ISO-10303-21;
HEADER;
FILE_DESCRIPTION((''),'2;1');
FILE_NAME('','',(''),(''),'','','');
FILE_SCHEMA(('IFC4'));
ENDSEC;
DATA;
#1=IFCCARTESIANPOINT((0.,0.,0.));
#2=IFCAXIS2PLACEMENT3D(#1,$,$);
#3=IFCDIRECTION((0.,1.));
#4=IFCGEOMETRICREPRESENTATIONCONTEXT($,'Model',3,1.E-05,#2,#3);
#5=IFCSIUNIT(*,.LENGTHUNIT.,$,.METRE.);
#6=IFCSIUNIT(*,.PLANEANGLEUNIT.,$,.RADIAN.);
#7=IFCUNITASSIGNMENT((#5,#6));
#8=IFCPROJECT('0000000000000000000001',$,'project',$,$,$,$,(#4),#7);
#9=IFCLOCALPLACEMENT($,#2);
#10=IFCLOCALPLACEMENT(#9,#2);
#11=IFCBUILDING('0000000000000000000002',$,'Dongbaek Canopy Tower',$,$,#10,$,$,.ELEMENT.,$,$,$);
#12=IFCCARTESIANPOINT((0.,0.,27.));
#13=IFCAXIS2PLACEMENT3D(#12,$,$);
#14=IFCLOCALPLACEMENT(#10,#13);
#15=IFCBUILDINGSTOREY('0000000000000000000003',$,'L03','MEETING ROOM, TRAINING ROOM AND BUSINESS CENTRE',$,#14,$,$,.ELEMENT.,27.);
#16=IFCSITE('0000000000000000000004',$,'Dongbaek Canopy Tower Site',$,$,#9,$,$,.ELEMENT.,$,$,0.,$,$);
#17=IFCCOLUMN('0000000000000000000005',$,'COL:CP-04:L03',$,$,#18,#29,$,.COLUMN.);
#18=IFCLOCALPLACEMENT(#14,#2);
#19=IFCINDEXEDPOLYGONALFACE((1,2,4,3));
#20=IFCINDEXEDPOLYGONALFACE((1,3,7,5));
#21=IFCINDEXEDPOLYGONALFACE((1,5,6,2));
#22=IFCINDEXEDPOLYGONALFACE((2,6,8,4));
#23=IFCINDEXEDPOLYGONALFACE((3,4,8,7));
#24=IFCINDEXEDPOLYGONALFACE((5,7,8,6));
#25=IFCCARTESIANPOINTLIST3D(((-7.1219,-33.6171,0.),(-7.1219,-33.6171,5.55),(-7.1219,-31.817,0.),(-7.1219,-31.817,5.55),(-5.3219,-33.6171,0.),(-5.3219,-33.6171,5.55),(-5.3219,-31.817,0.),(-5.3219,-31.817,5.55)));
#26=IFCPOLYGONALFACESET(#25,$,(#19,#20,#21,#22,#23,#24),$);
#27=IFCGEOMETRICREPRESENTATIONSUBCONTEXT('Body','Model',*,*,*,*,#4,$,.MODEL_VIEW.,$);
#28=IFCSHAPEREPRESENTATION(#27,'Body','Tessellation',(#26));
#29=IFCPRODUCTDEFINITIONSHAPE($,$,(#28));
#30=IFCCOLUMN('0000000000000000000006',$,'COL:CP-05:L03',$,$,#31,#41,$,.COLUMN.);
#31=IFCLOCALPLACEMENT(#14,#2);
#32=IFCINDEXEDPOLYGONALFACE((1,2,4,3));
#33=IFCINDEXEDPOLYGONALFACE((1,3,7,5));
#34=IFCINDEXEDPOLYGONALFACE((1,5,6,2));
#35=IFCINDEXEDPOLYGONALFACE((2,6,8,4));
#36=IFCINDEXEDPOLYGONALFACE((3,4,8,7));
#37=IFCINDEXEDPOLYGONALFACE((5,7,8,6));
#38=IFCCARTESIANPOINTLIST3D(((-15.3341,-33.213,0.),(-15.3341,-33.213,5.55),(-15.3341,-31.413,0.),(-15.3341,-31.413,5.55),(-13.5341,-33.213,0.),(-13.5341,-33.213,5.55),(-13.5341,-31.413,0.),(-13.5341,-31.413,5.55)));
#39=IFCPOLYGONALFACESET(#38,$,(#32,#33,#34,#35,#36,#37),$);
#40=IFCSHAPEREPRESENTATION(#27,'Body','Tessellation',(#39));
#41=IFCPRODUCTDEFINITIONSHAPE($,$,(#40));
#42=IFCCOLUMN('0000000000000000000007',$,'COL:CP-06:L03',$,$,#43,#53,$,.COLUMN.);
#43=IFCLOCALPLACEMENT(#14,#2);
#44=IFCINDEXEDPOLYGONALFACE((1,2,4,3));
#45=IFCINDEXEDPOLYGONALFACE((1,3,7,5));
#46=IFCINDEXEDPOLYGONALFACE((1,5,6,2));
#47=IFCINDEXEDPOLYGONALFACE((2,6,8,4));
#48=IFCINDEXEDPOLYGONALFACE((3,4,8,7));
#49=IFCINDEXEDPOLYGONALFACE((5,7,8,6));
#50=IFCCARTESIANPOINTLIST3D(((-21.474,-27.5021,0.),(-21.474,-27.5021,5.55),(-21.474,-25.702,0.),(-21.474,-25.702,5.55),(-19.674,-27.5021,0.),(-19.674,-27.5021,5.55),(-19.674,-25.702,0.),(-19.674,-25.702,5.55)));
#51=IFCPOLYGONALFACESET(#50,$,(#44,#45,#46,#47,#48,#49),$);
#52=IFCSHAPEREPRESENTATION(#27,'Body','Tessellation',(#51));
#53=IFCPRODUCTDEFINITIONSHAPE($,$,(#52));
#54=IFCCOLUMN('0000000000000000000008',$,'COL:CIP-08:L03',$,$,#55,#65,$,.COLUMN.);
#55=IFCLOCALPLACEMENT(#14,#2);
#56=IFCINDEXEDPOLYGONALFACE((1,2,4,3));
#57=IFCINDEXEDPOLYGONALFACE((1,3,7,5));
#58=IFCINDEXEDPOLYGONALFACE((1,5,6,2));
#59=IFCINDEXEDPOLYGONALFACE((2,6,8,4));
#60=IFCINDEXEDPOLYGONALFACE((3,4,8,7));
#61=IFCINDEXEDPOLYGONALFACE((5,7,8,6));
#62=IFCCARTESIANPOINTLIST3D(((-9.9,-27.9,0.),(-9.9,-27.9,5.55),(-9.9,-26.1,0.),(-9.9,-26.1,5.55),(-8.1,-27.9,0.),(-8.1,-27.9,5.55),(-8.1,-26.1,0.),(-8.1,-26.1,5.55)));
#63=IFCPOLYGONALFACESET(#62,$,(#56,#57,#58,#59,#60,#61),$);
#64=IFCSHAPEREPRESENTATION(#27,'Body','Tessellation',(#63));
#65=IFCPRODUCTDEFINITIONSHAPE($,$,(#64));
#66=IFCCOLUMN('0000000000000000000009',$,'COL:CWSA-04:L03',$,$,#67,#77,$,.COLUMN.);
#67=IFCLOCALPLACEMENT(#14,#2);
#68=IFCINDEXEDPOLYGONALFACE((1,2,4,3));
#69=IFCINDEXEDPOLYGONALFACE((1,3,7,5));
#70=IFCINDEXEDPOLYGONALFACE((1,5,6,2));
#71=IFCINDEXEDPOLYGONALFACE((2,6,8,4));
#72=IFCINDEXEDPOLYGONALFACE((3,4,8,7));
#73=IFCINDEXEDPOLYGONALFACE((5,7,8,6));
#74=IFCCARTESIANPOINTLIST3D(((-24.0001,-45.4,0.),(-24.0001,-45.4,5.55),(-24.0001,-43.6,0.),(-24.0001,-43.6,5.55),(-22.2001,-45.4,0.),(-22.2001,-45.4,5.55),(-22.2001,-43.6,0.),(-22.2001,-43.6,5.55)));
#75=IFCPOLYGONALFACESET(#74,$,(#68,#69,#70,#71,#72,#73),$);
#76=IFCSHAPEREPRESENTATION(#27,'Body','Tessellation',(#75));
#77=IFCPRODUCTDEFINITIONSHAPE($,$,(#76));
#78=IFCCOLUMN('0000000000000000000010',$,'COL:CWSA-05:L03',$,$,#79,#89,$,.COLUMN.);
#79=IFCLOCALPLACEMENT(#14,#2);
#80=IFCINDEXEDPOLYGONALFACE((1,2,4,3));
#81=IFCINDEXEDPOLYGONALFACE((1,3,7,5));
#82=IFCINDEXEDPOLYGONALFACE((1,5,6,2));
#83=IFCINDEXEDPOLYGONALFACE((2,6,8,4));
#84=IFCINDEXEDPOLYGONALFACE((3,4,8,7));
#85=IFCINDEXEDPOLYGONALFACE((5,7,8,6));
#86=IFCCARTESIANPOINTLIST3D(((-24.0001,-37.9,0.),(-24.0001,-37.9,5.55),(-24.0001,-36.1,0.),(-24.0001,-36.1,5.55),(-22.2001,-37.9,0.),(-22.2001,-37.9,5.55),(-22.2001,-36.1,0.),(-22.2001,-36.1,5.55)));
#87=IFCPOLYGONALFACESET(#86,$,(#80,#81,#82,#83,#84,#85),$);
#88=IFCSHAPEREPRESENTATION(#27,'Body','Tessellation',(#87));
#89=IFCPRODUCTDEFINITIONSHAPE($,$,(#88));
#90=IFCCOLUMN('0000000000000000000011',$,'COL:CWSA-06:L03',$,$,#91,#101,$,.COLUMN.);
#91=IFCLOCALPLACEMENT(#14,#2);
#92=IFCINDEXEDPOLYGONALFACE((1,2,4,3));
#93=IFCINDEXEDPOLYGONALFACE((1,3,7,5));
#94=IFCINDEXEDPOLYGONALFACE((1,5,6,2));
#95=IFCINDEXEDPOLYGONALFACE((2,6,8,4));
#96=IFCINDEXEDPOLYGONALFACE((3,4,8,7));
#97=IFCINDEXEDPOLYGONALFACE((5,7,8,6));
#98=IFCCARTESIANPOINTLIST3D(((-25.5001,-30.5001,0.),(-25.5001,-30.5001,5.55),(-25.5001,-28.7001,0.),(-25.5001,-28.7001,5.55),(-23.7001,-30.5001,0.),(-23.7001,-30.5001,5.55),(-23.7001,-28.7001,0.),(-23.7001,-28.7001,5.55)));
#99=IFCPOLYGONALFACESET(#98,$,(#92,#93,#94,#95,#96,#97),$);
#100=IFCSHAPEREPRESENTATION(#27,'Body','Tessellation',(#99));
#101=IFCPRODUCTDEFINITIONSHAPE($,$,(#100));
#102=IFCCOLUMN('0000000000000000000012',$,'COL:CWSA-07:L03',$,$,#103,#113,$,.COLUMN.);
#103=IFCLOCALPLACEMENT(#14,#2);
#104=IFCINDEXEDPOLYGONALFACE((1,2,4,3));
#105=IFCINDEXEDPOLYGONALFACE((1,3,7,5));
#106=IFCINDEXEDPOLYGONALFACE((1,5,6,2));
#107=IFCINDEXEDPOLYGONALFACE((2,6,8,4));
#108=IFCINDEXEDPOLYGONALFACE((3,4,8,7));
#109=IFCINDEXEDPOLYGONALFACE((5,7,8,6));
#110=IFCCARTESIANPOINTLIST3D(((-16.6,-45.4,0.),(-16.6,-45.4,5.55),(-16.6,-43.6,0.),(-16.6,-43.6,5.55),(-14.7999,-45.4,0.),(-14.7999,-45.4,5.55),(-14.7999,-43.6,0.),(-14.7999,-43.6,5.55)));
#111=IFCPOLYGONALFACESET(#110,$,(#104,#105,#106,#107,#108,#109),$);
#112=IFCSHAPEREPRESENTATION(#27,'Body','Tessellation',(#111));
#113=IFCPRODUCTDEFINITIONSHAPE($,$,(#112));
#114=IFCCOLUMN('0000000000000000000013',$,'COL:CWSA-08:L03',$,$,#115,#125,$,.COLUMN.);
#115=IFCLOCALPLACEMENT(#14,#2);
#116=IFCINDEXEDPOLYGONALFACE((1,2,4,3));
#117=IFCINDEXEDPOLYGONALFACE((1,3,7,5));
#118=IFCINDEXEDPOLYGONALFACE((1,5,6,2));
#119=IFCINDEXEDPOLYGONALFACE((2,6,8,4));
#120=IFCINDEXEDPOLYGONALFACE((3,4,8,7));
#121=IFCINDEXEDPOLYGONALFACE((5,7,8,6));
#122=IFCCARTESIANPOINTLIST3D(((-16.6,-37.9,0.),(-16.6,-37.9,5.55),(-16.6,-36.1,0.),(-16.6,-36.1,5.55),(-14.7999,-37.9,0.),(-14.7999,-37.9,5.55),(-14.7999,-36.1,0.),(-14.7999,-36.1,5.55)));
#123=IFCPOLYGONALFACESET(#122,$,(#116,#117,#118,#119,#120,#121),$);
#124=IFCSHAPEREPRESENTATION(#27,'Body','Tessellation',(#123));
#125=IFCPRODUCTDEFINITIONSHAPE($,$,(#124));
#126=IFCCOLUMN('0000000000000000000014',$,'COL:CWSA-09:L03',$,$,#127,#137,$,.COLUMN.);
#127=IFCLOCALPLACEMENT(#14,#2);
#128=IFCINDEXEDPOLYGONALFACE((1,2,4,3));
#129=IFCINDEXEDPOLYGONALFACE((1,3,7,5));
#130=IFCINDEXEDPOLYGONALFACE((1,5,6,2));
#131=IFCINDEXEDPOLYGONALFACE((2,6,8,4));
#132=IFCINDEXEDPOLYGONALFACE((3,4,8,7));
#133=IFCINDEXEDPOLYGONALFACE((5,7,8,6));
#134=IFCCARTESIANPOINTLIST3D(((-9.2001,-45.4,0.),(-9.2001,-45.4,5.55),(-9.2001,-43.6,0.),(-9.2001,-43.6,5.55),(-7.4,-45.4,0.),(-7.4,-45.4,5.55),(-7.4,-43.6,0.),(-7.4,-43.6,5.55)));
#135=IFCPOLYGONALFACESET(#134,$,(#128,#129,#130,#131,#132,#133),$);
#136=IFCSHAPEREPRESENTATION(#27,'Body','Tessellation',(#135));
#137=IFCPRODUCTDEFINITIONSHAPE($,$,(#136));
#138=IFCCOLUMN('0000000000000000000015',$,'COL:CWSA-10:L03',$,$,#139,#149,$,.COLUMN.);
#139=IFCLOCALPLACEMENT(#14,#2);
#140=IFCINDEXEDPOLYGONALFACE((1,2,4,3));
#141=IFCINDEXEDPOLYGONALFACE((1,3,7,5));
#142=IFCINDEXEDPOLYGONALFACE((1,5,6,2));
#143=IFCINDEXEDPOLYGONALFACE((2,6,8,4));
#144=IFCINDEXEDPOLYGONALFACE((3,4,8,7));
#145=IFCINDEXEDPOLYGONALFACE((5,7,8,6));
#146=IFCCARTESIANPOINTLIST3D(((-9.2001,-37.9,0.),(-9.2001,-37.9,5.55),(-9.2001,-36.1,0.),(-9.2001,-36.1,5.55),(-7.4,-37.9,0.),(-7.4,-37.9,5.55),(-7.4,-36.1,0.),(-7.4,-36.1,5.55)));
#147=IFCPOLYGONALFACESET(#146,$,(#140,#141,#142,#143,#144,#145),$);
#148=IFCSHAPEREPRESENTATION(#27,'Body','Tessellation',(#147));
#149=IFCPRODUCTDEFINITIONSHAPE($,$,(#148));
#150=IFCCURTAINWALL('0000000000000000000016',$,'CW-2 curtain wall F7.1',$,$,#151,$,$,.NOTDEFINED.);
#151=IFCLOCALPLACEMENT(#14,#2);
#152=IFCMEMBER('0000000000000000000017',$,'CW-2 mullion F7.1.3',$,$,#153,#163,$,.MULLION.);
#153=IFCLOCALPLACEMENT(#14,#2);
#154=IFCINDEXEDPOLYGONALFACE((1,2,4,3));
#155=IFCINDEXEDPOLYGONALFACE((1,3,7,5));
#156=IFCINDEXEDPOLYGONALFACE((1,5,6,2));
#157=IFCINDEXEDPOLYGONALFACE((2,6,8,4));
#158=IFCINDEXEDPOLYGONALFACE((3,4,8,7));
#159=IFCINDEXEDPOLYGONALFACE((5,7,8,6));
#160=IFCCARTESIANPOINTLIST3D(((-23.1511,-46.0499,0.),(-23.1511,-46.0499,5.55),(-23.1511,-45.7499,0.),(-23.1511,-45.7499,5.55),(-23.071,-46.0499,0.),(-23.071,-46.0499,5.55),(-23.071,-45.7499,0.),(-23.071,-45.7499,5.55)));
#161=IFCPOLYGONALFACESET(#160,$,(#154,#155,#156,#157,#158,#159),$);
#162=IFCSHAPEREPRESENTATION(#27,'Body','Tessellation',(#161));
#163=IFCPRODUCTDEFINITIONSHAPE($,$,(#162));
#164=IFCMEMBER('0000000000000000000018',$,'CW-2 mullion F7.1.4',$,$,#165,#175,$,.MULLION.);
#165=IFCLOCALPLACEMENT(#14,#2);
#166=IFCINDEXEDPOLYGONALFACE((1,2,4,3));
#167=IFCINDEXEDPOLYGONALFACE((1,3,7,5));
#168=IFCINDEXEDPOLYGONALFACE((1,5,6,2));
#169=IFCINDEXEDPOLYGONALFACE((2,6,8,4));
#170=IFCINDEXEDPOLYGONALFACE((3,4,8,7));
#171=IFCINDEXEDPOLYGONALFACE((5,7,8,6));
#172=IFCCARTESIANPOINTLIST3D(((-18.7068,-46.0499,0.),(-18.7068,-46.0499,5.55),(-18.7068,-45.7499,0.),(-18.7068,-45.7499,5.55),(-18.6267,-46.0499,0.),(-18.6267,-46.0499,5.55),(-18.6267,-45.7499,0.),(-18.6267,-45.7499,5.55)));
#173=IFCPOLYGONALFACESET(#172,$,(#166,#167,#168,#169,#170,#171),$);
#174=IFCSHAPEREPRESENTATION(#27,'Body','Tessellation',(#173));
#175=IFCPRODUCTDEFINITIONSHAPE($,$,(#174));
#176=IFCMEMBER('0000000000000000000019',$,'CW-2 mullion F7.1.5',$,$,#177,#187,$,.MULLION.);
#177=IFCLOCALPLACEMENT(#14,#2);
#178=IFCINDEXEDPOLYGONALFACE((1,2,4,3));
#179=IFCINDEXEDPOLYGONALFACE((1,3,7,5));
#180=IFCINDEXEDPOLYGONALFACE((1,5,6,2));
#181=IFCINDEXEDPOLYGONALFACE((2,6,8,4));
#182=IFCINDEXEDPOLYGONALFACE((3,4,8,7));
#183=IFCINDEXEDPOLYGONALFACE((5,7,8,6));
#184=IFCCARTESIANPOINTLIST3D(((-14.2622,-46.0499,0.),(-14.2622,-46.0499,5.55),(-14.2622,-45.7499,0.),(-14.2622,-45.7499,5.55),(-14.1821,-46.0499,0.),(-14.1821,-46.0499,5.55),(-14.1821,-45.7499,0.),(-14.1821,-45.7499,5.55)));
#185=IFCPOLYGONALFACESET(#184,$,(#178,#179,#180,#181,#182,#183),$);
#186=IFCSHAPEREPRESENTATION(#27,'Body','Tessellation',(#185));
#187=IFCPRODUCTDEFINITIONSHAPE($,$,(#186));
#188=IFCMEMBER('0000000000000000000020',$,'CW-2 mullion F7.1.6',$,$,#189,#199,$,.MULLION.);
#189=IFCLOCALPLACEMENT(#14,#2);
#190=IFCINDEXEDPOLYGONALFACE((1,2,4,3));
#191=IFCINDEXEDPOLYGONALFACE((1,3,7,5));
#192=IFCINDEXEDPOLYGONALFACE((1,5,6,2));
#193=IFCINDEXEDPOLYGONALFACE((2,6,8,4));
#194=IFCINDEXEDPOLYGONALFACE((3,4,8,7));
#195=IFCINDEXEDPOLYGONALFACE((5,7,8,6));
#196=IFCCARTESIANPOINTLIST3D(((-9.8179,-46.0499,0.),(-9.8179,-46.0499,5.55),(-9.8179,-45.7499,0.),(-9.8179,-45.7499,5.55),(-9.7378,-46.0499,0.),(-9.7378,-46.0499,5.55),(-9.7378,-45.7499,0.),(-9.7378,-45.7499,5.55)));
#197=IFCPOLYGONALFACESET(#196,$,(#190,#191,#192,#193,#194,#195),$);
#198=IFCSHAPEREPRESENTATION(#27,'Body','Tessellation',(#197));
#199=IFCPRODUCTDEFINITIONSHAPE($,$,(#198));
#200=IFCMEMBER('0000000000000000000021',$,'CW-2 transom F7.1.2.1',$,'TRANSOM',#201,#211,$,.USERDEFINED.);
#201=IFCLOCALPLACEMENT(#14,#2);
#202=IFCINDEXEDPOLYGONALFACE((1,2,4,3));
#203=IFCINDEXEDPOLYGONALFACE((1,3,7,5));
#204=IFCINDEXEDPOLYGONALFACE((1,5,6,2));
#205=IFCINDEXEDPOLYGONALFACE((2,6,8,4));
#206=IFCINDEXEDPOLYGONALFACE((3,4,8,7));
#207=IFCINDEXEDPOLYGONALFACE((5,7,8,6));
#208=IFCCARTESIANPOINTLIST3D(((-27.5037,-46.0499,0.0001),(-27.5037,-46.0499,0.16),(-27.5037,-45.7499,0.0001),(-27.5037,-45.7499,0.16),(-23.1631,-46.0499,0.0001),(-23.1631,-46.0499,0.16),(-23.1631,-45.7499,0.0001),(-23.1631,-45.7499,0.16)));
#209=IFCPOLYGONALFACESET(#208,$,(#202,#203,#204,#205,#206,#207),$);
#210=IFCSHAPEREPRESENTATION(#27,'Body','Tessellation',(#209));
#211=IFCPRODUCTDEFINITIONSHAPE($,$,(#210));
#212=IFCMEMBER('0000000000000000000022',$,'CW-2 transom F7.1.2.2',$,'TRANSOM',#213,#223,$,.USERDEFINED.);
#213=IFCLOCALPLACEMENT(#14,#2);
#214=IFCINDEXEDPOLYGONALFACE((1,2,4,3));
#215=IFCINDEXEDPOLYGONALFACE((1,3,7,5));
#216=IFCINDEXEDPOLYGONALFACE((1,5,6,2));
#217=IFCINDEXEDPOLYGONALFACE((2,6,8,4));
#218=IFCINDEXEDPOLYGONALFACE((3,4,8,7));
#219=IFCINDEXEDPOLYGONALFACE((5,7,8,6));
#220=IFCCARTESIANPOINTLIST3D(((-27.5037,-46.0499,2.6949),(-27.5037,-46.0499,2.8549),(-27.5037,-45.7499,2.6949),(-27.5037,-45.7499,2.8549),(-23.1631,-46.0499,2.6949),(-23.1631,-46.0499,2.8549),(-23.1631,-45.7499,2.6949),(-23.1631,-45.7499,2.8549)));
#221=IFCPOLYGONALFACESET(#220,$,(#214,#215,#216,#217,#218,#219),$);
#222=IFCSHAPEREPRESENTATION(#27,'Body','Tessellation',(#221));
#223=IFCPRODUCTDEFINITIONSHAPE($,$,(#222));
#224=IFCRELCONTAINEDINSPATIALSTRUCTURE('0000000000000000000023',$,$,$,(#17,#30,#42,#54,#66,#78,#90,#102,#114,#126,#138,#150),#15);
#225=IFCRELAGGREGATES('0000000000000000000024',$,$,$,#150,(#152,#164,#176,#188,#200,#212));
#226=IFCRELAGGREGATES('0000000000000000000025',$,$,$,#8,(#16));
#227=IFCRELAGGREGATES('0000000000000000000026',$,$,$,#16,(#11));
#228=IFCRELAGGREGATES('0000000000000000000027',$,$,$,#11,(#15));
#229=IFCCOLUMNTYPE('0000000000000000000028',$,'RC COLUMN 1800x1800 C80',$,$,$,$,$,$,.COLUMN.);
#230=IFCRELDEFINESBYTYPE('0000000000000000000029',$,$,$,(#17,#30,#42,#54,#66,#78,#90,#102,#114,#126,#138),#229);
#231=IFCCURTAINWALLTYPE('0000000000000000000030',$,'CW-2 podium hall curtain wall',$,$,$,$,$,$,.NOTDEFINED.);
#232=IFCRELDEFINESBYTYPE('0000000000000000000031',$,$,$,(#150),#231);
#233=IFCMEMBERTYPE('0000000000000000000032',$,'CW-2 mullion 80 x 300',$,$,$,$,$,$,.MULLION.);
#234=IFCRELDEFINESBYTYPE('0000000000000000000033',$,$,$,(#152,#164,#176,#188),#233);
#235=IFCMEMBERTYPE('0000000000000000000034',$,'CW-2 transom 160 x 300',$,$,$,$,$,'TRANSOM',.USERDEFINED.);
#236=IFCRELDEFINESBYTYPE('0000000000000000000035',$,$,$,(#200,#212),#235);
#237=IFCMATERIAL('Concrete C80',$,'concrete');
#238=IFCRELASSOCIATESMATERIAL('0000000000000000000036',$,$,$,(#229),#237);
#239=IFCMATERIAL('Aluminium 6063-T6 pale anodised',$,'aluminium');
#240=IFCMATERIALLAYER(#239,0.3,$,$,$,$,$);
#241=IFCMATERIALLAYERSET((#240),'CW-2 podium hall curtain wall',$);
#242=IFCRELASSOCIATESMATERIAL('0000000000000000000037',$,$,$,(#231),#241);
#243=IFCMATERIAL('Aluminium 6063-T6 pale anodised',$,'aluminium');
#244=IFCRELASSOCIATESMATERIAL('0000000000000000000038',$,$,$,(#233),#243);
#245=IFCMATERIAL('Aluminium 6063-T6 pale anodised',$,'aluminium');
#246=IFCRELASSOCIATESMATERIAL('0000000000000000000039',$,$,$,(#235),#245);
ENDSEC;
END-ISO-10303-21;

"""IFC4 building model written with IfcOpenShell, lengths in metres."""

from ifc_helpers import new_model, si_unit, direction, frame, origin, origin_2d, place, context, subcontext, project, spatial, rectangle, extrude, material, layer, layer_set, material_profile, profile_set, type_object, element, aggregate, save


model = new_model("IFC4")

# Units and contexts
model_context = context("Model", 3, precision=1e-05, world=origin(), true_north=direction((0.0, 1.0)))
body_context = subcontext(model_context, "Body", "Model", "MODEL_VIEW")
ifc_project = project(units=[si_unit("LENGTHUNIT", "METRE"), si_unit("PLANEANGLEUNIT", "RADIAN")], contexts=[model_context])

# Site, building, storey
site_placement = place(None, origin())
site = spatial("IfcSite", under=ifc_project, at=site_placement, Name="Dongbaek Canopy Tower Site", CompositionType="ELEMENT", RefElevation=0.0)
building_placement = place(site_placement, origin())
building = spatial("IfcBuilding", under=site, at=building_placement, Name="Dongbaek Canopy Tower", CompositionType="ELEMENT")
storey_placement = place(building_placement, frame((0.0, 0.0, 27.0)))
storey = spatial("IfcBuildingStorey", under=building, at=storey_placement, Name="L03", Description="MEETING ROOM, TRAINING ROOM AND BUSINESS CENTRE", CompositionType="ELEMENT", Elevation=27.0)

# Columns
ifc_material_1 = material(Name="Concrete C80", Category="concrete")
ifc_material_profile_1 = material_profile(ifc_material_1, rectangle(XDim=1.8, YDim=1.8, at=origin_2d()), Name="RC COLUMN 1800x1800 C80")
ifc_profile_set_1 = profile_set([ifc_material_profile_1], Name="Concrete C80")
column_type = type_object("IfcColumnType", Name="RC COLUMN 1800x1800 C80", PredefinedType="COLUMN", material=ifc_profile_set_1)
for number, where, z_axis, x_axis, name in (
    (1, (-6.2219, -32.717, 0.0), (0.0, 0.0, 1.0), (1.0, 0.0, 0.0), "COL:CP-04:L03"),
    (2, (-14.4341, -32.313, 0.0), (0.0, 0.0, 1.0), (1.0, 0.0, 0.0), "COL:CP-05:L03"),
    (3, (-20.574, -26.6021, 0.0), (0.0, 0.0, 1.0), (1.0, 0.0, 0.0), "COL:CP-06:L03"),
    (4, (-9.0, -27.0, 0.0), (0.0, 0.0, 1.0), (1.0, 0.0, 0.0), "COL:CIP-08:L03"),
    (5, (-23.1001, -44.5, 0.0), (0.0, 0.0, 1.0), (1.0, 0.0, 0.0), "COL:CWSA-04:L03"),
    (6, (-23.1001, -37.0, 0.0), (0.0, 0.0, 1.0), (1.0, 0.0, 0.0), "COL:CWSA-05:L03"),
    (7, (-24.6001, -29.6001, 0.0), (0.0, 0.0, 1.0), (1.0, 0.0, 0.0), "COL:CWSA-06:L03"),
    (8, (-15.7, -44.5, 0.0), (0.0, 0.0, 1.0), (1.0, 0.0, 0.0), "COL:CWSA-07:L03"),
    (9, (-15.7, -37.0, 0.0), (0.0, 0.0, 1.0), (1.0, 0.0, 0.0), "COL:CWSA-08:L03"),
    (10, (-8.3, -44.5, 0.0), (0.0, 0.0, 1.0), (1.0, 0.0, 0.0), "COL:CWSA-09:L03"),
    (11, (-8.3, -37.0, 0.0), (0.0, 0.0, 1.0), (1.0, 0.0, 0.0), "COL:CWSA-10:L03"),
):
    element("IfcColumn", number, at=place(storey_placement, frame(where, z_axis=z_axis, x_axis=x_axis)), inside=storey, type_object=column_type, Name=name, PredefinedType="COLUMN", context=body_context, shape_type="SweptSolid", body=[
        extrude(rectangle(XDim=1.8, YDim=1.8, at=origin_2d()), origin(), (0.0, 0.0, 1.0), 5.55),
    ])

# Curtain wall, members
ifc_material_2 = material(Name="Aluminium 6063-T6 pale anodised", Category="aluminium")
ifc_layer_1 = layer(ifc_material_2, 0.3)
ifc_layer_set_1 = layer_set([ifc_layer_1], Name="CW-2 podium hall curtain wall")
curtain_wall_type = type_object("IfcCurtainWallType", Name="CW-2 podium hall curtain wall", PredefinedType="NOTDEFINED", material=ifc_layer_set_1)
curtain_wall_placement = place(storey_placement, origin())
curtain_wall = element("IfcCurtainWall", 12, at=curtain_wall_placement, inside=storey, type_object=curtain_wall_type, Name="CW-2 curtain wall F7.1", PredefinedType="NOTDEFINED")
ifc_material_3 = material(Name="Aluminium 6063-T6 pale anodised", Category="aluminium")
ifc_material_profile_2 = material_profile(ifc_material_3, rectangle(XDim=0.3, YDim=0.0801, at=origin_2d()), Name="CW-2 mullion 80 x 300")
ifc_profile_set_2 = profile_set([ifc_material_profile_2], Name="Aluminium 6063-T6 pale anodised")
member_type_1 = type_object("IfcMemberType", Name="CW-2 mullion 80 x 300", PredefinedType="MULLION", material=ifc_profile_set_2)
member_1_placement = place(storey_placement, frame((-23.1111, -45.8999, 0.0), z_axis=(0.0, 0.0, 1.0), x_axis=(0.0, -1.0, 0.0)))
member_1 = element("IfcMember", 13, at=member_1_placement, type_object=member_type_1, Name="CW-2 mullion F7.1.3", PredefinedType="MULLION", context=body_context, shape_type="SweptSolid", body=[
    extrude(rectangle(XDim=0.3, YDim=0.0801, at=origin_2d()), origin(), (0.0, 0.0, 1.0), 5.55),
])
member_2_placement = place(storey_placement, frame((-18.6667, -45.8999, 0.0), z_axis=(0.0, 0.0, 1.0), x_axis=(0.0, -1.0, 0.0)))
member_2 = element("IfcMember", 14, at=member_2_placement, type_object=member_type_1, Name="CW-2 mullion F7.1.4", PredefinedType="MULLION", context=body_context, shape_type="SweptSolid", body=[
    extrude(rectangle(XDim=0.3, YDim=0.0801, at=origin_2d()), origin(), (0.0, 0.0, 1.0), 5.55),
])
member_3_placement = place(storey_placement, frame((-14.2222, -45.8999, 0.0), z_axis=(0.0, 0.0, 1.0), x_axis=(0.0, -1.0, 0.0)))
member_3 = element("IfcMember", 15, at=member_3_placement, type_object=member_type_1, Name="CW-2 mullion F7.1.5", PredefinedType="MULLION", context=body_context, shape_type="SweptSolid", body=[
    extrude(rectangle(XDim=0.3, YDim=0.0801, at=origin_2d()), origin(), (0.0, 0.0, 1.0), 5.55),
])
member_4_placement = place(storey_placement, frame((-9.7778, -45.8999, 0.0), z_axis=(0.0, 0.0, 1.0), x_axis=(0.0, -1.0, 0.0)))
member_4 = element("IfcMember", 16, at=member_4_placement, type_object=member_type_1, Name="CW-2 mullion F7.1.6", PredefinedType="MULLION", context=body_context, shape_type="SweptSolid", body=[
    extrude(rectangle(XDim=0.3, YDim=0.0801, at=origin_2d()), origin(), (0.0, 0.0, 1.0), 5.55),
])
ifc_material_4 = material(Name="Aluminium 6063-T6 pale anodised", Category="aluminium")
ifc_material_profile_3 = material_profile(ifc_material_4, rectangle(XDim=0.3, YDim=0.1599, at=origin_2d()), Name="CW-2 transom 160 x 300")
ifc_profile_set_3 = profile_set([ifc_material_profile_3], Name="Aluminium 6063-T6 pale anodised")
member_type_2 = type_object("IfcMemberType", Name="CW-2 transom 160 x 300", ElementType="TRANSOM", PredefinedType="USERDEFINED", material=ifc_profile_set_3)
member_5_placement = place(storey_placement, frame((-27.5037, -45.8999, 0.0801), z_axis=(1.0, 0.0, 0.0), x_axis=(0.0, 1.0, 0.0)))
member_5 = element("IfcMember", 17, at=member_5_placement, type_object=member_type_2, Name="CW-2 transom F7.1.2.1", ObjectType="TRANSOM", PredefinedType="USERDEFINED", context=body_context, shape_type="SweptSolid", body=[
    extrude(rectangle(XDim=0.3, YDim=0.1599, at=origin_2d()), origin(), (0.0, 0.0, 1.0), 4.3406),
])
member_6_placement = place(storey_placement, frame((-27.5037, -45.8999, 2.7749), z_axis=(1.0, 0.0, 0.0), x_axis=(0.0, 1.0, 0.0)))
member_6 = element("IfcMember", 18, at=member_6_placement, type_object=member_type_2, Name="CW-2 transom F7.1.2.2", ObjectType="TRANSOM", PredefinedType="USERDEFINED", context=body_context, shape_type="SweptSolid", body=[
    extrude(rectangle(XDim=0.3, YDim=0.1599, at=origin_2d()), origin(), (0.0, 0.0, 1.0), 4.3406),
])
aggregate(curtain_wall, [member_1, member_2, member_3, member_4, member_5, member_6])

save(model, "model.ifc")
